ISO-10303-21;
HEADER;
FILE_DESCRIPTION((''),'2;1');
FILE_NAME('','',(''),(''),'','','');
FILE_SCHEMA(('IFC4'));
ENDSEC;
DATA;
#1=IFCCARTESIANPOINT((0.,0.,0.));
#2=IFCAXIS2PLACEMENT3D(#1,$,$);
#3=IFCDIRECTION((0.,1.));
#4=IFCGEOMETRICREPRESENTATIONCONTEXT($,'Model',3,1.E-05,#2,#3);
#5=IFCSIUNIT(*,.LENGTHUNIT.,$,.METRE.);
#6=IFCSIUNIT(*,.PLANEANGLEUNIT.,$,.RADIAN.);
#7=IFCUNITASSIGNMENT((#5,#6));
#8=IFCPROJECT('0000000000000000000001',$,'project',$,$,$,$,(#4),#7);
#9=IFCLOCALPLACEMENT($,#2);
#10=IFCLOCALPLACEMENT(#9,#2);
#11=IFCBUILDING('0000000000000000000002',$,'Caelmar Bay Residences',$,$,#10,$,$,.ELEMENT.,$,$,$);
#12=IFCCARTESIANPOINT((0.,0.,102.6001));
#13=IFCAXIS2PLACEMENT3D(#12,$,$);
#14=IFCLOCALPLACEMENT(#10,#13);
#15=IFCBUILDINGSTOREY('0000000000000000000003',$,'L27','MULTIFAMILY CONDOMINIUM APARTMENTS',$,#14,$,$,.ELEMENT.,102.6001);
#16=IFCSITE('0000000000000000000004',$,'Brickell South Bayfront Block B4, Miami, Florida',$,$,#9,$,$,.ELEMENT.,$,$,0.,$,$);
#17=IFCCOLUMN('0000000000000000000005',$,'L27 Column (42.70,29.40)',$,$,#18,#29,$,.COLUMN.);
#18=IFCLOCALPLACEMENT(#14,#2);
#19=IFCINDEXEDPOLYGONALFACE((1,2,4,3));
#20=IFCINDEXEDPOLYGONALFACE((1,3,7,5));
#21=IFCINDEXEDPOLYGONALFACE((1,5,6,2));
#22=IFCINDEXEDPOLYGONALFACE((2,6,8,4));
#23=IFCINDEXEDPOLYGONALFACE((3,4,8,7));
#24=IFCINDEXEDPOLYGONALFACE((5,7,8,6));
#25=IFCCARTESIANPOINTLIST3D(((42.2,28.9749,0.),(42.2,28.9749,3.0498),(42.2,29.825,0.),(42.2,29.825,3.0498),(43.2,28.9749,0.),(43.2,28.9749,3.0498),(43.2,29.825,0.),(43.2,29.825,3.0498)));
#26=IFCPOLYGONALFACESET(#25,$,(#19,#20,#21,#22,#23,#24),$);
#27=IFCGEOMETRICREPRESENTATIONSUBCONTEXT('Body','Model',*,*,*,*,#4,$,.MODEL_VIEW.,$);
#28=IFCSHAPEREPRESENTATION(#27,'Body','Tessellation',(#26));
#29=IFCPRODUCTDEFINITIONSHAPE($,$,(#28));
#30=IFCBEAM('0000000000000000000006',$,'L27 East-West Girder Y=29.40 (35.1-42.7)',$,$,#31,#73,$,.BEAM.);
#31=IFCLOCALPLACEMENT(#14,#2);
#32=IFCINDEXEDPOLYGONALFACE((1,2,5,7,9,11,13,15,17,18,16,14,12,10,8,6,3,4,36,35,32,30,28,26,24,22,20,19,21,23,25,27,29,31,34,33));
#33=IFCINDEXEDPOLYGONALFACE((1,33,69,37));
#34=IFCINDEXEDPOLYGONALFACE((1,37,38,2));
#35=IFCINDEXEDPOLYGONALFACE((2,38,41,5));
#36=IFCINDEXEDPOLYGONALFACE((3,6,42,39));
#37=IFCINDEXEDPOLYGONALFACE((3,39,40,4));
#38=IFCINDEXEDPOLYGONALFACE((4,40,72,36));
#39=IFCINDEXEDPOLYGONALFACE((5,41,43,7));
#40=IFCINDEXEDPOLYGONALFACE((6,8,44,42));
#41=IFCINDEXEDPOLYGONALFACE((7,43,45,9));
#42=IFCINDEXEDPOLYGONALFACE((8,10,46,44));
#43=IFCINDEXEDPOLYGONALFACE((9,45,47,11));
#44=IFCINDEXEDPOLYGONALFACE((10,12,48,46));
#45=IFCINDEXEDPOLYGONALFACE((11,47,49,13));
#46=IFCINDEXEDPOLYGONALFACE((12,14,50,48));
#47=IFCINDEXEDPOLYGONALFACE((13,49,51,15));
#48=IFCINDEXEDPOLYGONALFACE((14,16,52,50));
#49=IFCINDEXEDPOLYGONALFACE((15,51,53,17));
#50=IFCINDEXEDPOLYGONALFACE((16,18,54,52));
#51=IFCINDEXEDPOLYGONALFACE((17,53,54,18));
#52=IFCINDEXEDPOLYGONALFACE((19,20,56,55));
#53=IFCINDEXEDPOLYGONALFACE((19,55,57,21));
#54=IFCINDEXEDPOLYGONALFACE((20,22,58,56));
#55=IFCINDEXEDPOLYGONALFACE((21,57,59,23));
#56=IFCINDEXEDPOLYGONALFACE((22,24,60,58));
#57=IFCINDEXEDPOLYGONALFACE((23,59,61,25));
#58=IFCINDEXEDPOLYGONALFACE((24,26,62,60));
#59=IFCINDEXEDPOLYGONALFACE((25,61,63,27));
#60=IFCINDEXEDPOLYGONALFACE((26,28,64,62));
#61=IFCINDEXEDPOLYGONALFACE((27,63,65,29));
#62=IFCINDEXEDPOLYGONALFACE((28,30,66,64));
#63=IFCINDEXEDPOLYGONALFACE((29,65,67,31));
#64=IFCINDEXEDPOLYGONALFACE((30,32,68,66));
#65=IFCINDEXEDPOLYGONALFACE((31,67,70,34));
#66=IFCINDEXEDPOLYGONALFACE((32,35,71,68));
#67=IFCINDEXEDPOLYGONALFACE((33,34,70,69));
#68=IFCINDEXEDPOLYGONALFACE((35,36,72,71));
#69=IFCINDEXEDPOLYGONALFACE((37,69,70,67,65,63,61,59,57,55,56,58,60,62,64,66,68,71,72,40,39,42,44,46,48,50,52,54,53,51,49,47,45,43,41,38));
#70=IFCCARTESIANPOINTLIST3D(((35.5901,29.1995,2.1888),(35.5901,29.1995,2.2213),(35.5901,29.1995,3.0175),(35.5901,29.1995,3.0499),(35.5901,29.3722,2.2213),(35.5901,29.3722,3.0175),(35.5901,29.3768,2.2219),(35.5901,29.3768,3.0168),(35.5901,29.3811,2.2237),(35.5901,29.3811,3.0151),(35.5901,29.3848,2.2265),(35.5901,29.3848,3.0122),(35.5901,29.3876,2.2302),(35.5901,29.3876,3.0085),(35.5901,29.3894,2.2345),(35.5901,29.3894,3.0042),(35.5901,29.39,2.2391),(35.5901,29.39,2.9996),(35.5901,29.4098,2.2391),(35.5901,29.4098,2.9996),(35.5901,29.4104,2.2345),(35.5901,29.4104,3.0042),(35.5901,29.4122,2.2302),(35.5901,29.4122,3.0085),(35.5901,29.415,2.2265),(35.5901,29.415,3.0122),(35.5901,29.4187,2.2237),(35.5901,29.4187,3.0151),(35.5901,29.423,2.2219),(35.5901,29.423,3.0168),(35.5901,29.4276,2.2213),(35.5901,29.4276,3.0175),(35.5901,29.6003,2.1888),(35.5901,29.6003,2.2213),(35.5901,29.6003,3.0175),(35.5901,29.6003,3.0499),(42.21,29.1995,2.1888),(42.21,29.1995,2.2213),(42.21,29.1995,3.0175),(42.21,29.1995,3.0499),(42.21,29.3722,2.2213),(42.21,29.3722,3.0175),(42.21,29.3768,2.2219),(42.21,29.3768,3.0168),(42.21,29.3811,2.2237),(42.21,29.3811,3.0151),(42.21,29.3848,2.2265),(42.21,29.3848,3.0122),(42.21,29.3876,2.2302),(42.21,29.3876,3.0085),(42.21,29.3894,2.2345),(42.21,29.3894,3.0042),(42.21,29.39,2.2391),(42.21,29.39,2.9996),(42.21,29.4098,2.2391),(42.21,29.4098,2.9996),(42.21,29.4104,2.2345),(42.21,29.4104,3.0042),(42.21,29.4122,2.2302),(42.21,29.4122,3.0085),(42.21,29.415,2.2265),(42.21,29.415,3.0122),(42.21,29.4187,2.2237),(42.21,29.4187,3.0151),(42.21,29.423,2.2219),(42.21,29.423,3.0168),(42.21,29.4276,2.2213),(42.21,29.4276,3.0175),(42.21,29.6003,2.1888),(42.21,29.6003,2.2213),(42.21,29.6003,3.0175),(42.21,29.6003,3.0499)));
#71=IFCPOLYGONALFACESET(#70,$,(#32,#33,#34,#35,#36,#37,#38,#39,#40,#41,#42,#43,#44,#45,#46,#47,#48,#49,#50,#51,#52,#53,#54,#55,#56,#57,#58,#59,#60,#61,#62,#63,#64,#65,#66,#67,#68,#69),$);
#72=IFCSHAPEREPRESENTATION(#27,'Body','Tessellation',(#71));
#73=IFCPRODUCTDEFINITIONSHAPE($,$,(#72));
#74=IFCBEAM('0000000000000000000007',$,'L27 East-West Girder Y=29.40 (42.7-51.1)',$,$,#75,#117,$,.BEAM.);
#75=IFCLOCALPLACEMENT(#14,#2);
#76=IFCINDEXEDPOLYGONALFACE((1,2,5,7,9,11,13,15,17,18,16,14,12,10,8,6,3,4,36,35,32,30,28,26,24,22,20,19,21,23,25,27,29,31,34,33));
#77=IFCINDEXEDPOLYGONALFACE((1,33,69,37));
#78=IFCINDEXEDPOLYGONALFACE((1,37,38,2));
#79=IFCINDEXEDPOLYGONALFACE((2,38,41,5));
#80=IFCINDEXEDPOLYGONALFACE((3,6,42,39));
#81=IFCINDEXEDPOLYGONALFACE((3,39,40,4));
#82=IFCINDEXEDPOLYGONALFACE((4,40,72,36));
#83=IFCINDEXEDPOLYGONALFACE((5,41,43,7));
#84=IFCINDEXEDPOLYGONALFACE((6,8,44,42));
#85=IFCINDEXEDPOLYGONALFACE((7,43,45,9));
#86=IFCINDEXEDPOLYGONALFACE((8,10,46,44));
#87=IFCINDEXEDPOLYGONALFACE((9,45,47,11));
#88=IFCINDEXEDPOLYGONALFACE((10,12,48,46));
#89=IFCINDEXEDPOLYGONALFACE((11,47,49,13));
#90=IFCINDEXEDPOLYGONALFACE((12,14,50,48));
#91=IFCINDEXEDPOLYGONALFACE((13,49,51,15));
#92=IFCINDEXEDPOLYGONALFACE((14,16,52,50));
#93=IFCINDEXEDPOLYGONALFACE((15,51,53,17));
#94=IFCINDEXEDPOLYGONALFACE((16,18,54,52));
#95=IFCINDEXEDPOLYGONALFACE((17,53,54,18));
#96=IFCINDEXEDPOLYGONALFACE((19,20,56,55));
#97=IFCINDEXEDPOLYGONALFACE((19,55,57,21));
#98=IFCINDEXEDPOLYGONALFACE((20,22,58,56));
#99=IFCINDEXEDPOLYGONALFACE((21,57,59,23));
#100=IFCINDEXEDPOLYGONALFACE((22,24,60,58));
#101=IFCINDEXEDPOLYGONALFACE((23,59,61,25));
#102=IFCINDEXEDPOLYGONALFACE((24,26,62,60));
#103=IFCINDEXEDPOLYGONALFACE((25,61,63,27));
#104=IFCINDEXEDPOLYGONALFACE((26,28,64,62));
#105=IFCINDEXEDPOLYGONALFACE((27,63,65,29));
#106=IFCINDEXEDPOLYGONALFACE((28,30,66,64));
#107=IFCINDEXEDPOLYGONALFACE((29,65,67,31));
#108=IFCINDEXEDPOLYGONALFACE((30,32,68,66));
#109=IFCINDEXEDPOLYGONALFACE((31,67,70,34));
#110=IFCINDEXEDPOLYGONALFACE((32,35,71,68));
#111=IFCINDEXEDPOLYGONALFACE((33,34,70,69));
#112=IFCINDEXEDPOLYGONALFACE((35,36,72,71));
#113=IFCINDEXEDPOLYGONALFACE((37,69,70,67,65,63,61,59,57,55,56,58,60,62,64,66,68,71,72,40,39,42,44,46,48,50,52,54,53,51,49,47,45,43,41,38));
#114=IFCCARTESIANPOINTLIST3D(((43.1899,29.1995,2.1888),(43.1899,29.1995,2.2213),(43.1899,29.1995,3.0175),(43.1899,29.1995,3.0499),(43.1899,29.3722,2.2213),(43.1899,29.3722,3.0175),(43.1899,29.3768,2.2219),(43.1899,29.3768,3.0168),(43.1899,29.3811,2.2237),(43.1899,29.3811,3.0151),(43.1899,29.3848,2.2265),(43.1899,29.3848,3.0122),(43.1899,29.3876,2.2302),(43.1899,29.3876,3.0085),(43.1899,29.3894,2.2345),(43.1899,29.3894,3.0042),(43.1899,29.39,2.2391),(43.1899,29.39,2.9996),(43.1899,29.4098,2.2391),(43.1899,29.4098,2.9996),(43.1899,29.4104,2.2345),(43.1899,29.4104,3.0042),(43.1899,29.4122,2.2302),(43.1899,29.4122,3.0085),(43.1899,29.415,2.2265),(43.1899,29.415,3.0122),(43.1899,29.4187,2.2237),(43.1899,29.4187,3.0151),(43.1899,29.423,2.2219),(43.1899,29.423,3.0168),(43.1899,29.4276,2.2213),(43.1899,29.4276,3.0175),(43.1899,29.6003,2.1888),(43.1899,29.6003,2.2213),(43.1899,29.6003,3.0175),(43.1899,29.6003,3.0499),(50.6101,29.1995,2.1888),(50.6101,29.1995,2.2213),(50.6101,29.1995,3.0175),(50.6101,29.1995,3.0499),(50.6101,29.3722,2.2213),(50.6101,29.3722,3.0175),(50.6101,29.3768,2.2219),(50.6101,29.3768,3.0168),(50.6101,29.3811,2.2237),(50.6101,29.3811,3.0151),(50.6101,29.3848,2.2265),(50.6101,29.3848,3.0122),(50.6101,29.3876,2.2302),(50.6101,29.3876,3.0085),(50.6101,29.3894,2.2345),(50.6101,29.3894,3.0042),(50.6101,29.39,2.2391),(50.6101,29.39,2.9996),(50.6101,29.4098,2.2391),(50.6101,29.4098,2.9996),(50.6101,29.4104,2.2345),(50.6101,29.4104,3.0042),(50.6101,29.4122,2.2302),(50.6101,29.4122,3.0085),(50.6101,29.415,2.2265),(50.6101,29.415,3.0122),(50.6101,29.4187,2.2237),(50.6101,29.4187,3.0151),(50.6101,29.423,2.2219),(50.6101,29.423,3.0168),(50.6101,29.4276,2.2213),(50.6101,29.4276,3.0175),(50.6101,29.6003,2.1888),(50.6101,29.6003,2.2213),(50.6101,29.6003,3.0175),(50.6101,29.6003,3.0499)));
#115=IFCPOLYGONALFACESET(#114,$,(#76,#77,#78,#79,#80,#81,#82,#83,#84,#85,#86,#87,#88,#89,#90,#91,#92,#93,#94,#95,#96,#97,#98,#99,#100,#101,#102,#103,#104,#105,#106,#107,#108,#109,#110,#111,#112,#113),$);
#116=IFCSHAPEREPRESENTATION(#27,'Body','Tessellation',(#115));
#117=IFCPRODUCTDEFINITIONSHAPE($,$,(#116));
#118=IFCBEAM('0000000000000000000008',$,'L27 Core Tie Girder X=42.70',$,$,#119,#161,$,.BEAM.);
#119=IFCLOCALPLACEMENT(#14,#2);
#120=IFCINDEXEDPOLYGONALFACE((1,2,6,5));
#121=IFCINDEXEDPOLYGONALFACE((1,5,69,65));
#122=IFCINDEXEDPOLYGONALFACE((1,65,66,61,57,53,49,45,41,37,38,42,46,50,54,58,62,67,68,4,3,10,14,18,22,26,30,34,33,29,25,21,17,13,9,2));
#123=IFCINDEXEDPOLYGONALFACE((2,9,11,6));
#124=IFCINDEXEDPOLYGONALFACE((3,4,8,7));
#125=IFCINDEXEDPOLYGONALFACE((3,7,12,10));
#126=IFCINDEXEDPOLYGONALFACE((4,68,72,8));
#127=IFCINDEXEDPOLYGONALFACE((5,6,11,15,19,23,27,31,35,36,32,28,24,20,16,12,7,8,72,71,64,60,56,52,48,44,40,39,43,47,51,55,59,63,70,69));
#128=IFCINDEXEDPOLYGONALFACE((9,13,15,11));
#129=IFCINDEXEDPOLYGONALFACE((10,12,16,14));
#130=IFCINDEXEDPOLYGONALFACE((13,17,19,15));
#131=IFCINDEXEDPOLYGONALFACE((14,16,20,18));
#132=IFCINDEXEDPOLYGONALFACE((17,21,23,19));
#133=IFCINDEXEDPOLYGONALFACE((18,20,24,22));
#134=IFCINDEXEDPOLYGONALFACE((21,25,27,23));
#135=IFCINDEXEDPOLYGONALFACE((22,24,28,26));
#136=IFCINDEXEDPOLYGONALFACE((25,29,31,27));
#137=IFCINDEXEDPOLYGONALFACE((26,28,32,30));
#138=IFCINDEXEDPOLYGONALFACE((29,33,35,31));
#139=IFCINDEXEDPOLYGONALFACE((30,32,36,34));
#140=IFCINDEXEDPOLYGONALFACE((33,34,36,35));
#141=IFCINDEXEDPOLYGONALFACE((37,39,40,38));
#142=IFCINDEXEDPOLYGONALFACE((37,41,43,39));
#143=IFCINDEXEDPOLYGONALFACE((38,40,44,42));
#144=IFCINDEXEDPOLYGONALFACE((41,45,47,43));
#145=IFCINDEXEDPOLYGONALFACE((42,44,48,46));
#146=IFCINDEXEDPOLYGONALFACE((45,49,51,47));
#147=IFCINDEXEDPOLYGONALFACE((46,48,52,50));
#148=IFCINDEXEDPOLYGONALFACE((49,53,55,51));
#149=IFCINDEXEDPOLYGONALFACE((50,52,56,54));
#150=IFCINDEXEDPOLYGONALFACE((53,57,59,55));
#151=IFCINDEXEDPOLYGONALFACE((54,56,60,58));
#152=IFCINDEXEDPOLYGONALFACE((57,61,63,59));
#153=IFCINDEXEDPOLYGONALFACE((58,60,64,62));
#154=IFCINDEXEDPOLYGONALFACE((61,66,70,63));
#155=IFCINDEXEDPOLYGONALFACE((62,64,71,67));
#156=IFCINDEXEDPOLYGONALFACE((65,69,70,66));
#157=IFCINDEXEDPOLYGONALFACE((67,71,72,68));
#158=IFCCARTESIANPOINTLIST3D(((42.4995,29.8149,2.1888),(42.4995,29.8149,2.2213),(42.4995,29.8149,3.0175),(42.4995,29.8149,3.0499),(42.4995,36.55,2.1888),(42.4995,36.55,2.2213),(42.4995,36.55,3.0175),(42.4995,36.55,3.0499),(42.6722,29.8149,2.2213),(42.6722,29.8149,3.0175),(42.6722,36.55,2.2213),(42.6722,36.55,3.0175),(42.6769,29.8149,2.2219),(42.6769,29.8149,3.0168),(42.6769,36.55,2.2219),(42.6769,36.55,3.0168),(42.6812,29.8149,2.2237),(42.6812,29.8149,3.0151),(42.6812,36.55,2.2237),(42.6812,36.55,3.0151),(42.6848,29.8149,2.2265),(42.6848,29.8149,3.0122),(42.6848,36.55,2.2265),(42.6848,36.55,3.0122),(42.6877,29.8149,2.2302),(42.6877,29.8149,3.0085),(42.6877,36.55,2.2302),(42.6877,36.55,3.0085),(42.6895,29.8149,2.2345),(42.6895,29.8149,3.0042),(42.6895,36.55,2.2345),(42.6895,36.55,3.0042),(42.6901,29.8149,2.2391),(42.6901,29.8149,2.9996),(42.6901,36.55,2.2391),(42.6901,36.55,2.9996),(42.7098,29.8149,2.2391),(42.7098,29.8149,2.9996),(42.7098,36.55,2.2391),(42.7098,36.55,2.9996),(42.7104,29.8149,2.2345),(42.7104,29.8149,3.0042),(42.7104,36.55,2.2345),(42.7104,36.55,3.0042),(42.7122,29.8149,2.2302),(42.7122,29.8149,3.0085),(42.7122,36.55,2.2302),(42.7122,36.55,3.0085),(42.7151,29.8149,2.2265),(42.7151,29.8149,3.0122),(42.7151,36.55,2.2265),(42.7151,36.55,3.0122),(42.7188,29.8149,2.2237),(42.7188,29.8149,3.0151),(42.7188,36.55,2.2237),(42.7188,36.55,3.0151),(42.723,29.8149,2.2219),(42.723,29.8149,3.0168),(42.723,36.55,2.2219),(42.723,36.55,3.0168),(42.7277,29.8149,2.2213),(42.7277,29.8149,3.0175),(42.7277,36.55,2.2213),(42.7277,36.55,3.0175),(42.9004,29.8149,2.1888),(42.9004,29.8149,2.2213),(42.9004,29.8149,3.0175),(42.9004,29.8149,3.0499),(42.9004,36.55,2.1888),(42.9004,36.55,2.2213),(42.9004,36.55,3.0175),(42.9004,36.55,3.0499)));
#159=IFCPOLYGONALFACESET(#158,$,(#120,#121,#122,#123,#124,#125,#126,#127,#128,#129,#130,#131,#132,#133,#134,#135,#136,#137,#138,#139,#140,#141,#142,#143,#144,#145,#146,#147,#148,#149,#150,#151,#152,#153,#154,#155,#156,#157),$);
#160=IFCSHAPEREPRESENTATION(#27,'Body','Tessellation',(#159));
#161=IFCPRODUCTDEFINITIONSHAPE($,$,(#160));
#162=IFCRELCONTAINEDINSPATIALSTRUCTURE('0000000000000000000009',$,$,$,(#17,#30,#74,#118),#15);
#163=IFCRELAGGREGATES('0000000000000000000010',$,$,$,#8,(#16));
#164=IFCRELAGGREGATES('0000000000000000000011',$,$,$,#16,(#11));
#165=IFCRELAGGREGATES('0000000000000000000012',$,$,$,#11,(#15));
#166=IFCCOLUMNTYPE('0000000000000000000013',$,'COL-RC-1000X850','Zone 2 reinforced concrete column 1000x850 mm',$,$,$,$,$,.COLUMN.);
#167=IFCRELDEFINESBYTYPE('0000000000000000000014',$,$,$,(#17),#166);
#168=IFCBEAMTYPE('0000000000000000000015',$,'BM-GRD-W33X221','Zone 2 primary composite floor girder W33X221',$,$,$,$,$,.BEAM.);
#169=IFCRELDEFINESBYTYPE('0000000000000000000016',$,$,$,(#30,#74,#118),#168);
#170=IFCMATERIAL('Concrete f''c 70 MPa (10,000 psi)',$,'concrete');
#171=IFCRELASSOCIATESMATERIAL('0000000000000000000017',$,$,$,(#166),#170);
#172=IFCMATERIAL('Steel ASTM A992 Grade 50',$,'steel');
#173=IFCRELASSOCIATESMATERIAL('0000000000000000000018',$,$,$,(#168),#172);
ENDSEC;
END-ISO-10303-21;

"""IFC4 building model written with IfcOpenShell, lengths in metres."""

from ifc_helpers import new_model, si_unit, direction, frame, origin, origin_2d, place, context, subcontext, project, spatial, rectangle, i_section, extrude, material, material_profile, profile_set, type_object, element, save


model = new_model("IFC4")

# Units and contexts
model_context = context("Model", 3, precision=1e-05, world=origin(), true_north=direction((0.0, 1.0)))
body_context = subcontext(model_context, "Body", "Model", "MODEL_VIEW")
ifc_project = project(units=[si_unit("LENGTHUNIT", "METRE"), si_unit("PLANEANGLEUNIT", "RADIAN")], contexts=[model_context])

# Site, building, storey
site_placement = place(None, origin())
site = spatial("IfcSite", under=ifc_project, at=site_placement, Name="Brickell South Bayfront Block B4, Miami, Florida", CompositionType="ELEMENT", RefElevation=0.0)
building_placement = place(site_placement, origin())
building = spatial("IfcBuilding", under=site, at=building_placement, Name="Caelmar Bay Residences", CompositionType="ELEMENT")
storey_placement = place(building_placement, frame((0.0, 0.0, 102.6001)))
storey = spatial("IfcBuildingStorey", under=building, at=storey_placement, Name="L27", Description="MULTIFAMILY CONDOMINIUM APARTMENTS", CompositionType="ELEMENT", Elevation=102.6001)

# Column
ifc_material_1 = material(Name="Concrete f'c 70 MPa (10,000 psi)", Category="concrete")
ifc_material_profile_1 = material_profile(ifc_material_1, rectangle(XDim=1.0, YDim=0.8501, at=origin_2d()), Name="RC-COL-1000X850")
ifc_profile_set_1 = profile_set([ifc_material_profile_1], Name="Concrete f'c 70 MPa (10,000 psi)")
column_type = type_object("IfcColumnType", Name="COL-RC-1000X850", Description="Zone 2 reinforced concrete column 1000x850 mm", PredefinedType="COLUMN", material=ifc_profile_set_1)
column_placement = place(storey_placement, frame((42.7, 29.3999, 0.0), z_axis=(0.0, 0.0, 1.0), x_axis=(1.0, 0.0, 0.0)))
element("IfcColumn", 1, at=column_placement, inside=storey, type_object=column_type, Name="L27 Column (42.70,29.40)", PredefinedType="COLUMN", context=body_context, shape_type="SweptSolid", body=[
    extrude(rectangle(XDim=1.0, YDim=0.8501, at=origin_2d()), origin(), (0.0, 0.0, 1.0), 3.0498),
])

# Beams
ifc_material_2 = material(Name="Steel ASTM A992 Grade 50", Category="steel")
ifc_material_profile_2 = material_profile(ifc_material_2, i_section(OverallWidth=0.4009, OverallDepth=0.8611, WebThickness=0.0198, FlangeThickness=0.0325, FilletRadius=0.0178, at=origin_2d()), Name="W33X221")
ifc_profile_set_2 = profile_set([ifc_material_profile_2], Name="Steel ASTM A992 Grade 50")
beam_type_1 = type_object("IfcBeamType", Name="BM-GRD-W33X221", Description="Zone 2 primary composite floor girder W33X221", PredefinedType="BEAM", material=ifc_profile_set_2)
beam_1_placement = place(storey_placement, frame((35.5901, 29.3999, 2.6194), z_axis=(1.0, 0.0, 0.0), x_axis=(0.0, 1.0, 0.0)))
element("IfcBeam", 2, at=beam_1_placement, inside=storey, type_object=beam_type_1, Name="L27 East-West Girder Y=29.40 (35.1-42.7)", PredefinedType="BEAM", context=body_context, shape_type="SweptSolid", body=[
    extrude(i_section(OverallWidth=0.4009, OverallDepth=0.8611, WebThickness=0.0198, FlangeThickness=0.0325, FilletRadius=0.0178, at=origin_2d()), origin(), (0.0, 0.0, 1.0), 6.6199),
])
beam_2_placement = place(storey_placement, frame((43.1899, 29.3999, 2.6194), z_axis=(1.0, 0.0, 0.0), x_axis=(0.0, 1.0, 0.0)))
element("IfcBeam", 3, at=beam_2_placement, inside=storey, type_object=beam_type_1, Name="L27 East-West Girder Y=29.40 (42.7-51.1)", PredefinedType="BEAM", context=body_context, shape_type="SweptSolid", body=[
    extrude(i_section(OverallWidth=0.4009, OverallDepth=0.8611, WebThickness=0.0198, FlangeThickness=0.0325, FilletRadius=0.0178, at=origin_2d()), origin(), (0.0, 0.0, 1.0), 7.4202),
])
beam_3_placement = place(storey_placement, frame((42.7, 29.8149, 2.6194), z_axis=(0.0, 1.0, 0.0), x_axis=(-1.0, 0.0, 0.0)))
element("IfcBeam", 4, at=beam_3_placement, inside=storey, type_object=beam_type_1, Name="L27 Core Tie Girder X=42.70", PredefinedType="BEAM", context=body_context, shape_type="SweptSolid", body=[
    extrude(i_section(OverallWidth=0.4009, OverallDepth=0.8611, WebThickness=0.0198, FlangeThickness=0.0325, FilletRadius=0.0178, at=origin_2d()), origin(), (0.0, 0.0, 1.0), 6.7351),
])

save(model, "model.ifc")
